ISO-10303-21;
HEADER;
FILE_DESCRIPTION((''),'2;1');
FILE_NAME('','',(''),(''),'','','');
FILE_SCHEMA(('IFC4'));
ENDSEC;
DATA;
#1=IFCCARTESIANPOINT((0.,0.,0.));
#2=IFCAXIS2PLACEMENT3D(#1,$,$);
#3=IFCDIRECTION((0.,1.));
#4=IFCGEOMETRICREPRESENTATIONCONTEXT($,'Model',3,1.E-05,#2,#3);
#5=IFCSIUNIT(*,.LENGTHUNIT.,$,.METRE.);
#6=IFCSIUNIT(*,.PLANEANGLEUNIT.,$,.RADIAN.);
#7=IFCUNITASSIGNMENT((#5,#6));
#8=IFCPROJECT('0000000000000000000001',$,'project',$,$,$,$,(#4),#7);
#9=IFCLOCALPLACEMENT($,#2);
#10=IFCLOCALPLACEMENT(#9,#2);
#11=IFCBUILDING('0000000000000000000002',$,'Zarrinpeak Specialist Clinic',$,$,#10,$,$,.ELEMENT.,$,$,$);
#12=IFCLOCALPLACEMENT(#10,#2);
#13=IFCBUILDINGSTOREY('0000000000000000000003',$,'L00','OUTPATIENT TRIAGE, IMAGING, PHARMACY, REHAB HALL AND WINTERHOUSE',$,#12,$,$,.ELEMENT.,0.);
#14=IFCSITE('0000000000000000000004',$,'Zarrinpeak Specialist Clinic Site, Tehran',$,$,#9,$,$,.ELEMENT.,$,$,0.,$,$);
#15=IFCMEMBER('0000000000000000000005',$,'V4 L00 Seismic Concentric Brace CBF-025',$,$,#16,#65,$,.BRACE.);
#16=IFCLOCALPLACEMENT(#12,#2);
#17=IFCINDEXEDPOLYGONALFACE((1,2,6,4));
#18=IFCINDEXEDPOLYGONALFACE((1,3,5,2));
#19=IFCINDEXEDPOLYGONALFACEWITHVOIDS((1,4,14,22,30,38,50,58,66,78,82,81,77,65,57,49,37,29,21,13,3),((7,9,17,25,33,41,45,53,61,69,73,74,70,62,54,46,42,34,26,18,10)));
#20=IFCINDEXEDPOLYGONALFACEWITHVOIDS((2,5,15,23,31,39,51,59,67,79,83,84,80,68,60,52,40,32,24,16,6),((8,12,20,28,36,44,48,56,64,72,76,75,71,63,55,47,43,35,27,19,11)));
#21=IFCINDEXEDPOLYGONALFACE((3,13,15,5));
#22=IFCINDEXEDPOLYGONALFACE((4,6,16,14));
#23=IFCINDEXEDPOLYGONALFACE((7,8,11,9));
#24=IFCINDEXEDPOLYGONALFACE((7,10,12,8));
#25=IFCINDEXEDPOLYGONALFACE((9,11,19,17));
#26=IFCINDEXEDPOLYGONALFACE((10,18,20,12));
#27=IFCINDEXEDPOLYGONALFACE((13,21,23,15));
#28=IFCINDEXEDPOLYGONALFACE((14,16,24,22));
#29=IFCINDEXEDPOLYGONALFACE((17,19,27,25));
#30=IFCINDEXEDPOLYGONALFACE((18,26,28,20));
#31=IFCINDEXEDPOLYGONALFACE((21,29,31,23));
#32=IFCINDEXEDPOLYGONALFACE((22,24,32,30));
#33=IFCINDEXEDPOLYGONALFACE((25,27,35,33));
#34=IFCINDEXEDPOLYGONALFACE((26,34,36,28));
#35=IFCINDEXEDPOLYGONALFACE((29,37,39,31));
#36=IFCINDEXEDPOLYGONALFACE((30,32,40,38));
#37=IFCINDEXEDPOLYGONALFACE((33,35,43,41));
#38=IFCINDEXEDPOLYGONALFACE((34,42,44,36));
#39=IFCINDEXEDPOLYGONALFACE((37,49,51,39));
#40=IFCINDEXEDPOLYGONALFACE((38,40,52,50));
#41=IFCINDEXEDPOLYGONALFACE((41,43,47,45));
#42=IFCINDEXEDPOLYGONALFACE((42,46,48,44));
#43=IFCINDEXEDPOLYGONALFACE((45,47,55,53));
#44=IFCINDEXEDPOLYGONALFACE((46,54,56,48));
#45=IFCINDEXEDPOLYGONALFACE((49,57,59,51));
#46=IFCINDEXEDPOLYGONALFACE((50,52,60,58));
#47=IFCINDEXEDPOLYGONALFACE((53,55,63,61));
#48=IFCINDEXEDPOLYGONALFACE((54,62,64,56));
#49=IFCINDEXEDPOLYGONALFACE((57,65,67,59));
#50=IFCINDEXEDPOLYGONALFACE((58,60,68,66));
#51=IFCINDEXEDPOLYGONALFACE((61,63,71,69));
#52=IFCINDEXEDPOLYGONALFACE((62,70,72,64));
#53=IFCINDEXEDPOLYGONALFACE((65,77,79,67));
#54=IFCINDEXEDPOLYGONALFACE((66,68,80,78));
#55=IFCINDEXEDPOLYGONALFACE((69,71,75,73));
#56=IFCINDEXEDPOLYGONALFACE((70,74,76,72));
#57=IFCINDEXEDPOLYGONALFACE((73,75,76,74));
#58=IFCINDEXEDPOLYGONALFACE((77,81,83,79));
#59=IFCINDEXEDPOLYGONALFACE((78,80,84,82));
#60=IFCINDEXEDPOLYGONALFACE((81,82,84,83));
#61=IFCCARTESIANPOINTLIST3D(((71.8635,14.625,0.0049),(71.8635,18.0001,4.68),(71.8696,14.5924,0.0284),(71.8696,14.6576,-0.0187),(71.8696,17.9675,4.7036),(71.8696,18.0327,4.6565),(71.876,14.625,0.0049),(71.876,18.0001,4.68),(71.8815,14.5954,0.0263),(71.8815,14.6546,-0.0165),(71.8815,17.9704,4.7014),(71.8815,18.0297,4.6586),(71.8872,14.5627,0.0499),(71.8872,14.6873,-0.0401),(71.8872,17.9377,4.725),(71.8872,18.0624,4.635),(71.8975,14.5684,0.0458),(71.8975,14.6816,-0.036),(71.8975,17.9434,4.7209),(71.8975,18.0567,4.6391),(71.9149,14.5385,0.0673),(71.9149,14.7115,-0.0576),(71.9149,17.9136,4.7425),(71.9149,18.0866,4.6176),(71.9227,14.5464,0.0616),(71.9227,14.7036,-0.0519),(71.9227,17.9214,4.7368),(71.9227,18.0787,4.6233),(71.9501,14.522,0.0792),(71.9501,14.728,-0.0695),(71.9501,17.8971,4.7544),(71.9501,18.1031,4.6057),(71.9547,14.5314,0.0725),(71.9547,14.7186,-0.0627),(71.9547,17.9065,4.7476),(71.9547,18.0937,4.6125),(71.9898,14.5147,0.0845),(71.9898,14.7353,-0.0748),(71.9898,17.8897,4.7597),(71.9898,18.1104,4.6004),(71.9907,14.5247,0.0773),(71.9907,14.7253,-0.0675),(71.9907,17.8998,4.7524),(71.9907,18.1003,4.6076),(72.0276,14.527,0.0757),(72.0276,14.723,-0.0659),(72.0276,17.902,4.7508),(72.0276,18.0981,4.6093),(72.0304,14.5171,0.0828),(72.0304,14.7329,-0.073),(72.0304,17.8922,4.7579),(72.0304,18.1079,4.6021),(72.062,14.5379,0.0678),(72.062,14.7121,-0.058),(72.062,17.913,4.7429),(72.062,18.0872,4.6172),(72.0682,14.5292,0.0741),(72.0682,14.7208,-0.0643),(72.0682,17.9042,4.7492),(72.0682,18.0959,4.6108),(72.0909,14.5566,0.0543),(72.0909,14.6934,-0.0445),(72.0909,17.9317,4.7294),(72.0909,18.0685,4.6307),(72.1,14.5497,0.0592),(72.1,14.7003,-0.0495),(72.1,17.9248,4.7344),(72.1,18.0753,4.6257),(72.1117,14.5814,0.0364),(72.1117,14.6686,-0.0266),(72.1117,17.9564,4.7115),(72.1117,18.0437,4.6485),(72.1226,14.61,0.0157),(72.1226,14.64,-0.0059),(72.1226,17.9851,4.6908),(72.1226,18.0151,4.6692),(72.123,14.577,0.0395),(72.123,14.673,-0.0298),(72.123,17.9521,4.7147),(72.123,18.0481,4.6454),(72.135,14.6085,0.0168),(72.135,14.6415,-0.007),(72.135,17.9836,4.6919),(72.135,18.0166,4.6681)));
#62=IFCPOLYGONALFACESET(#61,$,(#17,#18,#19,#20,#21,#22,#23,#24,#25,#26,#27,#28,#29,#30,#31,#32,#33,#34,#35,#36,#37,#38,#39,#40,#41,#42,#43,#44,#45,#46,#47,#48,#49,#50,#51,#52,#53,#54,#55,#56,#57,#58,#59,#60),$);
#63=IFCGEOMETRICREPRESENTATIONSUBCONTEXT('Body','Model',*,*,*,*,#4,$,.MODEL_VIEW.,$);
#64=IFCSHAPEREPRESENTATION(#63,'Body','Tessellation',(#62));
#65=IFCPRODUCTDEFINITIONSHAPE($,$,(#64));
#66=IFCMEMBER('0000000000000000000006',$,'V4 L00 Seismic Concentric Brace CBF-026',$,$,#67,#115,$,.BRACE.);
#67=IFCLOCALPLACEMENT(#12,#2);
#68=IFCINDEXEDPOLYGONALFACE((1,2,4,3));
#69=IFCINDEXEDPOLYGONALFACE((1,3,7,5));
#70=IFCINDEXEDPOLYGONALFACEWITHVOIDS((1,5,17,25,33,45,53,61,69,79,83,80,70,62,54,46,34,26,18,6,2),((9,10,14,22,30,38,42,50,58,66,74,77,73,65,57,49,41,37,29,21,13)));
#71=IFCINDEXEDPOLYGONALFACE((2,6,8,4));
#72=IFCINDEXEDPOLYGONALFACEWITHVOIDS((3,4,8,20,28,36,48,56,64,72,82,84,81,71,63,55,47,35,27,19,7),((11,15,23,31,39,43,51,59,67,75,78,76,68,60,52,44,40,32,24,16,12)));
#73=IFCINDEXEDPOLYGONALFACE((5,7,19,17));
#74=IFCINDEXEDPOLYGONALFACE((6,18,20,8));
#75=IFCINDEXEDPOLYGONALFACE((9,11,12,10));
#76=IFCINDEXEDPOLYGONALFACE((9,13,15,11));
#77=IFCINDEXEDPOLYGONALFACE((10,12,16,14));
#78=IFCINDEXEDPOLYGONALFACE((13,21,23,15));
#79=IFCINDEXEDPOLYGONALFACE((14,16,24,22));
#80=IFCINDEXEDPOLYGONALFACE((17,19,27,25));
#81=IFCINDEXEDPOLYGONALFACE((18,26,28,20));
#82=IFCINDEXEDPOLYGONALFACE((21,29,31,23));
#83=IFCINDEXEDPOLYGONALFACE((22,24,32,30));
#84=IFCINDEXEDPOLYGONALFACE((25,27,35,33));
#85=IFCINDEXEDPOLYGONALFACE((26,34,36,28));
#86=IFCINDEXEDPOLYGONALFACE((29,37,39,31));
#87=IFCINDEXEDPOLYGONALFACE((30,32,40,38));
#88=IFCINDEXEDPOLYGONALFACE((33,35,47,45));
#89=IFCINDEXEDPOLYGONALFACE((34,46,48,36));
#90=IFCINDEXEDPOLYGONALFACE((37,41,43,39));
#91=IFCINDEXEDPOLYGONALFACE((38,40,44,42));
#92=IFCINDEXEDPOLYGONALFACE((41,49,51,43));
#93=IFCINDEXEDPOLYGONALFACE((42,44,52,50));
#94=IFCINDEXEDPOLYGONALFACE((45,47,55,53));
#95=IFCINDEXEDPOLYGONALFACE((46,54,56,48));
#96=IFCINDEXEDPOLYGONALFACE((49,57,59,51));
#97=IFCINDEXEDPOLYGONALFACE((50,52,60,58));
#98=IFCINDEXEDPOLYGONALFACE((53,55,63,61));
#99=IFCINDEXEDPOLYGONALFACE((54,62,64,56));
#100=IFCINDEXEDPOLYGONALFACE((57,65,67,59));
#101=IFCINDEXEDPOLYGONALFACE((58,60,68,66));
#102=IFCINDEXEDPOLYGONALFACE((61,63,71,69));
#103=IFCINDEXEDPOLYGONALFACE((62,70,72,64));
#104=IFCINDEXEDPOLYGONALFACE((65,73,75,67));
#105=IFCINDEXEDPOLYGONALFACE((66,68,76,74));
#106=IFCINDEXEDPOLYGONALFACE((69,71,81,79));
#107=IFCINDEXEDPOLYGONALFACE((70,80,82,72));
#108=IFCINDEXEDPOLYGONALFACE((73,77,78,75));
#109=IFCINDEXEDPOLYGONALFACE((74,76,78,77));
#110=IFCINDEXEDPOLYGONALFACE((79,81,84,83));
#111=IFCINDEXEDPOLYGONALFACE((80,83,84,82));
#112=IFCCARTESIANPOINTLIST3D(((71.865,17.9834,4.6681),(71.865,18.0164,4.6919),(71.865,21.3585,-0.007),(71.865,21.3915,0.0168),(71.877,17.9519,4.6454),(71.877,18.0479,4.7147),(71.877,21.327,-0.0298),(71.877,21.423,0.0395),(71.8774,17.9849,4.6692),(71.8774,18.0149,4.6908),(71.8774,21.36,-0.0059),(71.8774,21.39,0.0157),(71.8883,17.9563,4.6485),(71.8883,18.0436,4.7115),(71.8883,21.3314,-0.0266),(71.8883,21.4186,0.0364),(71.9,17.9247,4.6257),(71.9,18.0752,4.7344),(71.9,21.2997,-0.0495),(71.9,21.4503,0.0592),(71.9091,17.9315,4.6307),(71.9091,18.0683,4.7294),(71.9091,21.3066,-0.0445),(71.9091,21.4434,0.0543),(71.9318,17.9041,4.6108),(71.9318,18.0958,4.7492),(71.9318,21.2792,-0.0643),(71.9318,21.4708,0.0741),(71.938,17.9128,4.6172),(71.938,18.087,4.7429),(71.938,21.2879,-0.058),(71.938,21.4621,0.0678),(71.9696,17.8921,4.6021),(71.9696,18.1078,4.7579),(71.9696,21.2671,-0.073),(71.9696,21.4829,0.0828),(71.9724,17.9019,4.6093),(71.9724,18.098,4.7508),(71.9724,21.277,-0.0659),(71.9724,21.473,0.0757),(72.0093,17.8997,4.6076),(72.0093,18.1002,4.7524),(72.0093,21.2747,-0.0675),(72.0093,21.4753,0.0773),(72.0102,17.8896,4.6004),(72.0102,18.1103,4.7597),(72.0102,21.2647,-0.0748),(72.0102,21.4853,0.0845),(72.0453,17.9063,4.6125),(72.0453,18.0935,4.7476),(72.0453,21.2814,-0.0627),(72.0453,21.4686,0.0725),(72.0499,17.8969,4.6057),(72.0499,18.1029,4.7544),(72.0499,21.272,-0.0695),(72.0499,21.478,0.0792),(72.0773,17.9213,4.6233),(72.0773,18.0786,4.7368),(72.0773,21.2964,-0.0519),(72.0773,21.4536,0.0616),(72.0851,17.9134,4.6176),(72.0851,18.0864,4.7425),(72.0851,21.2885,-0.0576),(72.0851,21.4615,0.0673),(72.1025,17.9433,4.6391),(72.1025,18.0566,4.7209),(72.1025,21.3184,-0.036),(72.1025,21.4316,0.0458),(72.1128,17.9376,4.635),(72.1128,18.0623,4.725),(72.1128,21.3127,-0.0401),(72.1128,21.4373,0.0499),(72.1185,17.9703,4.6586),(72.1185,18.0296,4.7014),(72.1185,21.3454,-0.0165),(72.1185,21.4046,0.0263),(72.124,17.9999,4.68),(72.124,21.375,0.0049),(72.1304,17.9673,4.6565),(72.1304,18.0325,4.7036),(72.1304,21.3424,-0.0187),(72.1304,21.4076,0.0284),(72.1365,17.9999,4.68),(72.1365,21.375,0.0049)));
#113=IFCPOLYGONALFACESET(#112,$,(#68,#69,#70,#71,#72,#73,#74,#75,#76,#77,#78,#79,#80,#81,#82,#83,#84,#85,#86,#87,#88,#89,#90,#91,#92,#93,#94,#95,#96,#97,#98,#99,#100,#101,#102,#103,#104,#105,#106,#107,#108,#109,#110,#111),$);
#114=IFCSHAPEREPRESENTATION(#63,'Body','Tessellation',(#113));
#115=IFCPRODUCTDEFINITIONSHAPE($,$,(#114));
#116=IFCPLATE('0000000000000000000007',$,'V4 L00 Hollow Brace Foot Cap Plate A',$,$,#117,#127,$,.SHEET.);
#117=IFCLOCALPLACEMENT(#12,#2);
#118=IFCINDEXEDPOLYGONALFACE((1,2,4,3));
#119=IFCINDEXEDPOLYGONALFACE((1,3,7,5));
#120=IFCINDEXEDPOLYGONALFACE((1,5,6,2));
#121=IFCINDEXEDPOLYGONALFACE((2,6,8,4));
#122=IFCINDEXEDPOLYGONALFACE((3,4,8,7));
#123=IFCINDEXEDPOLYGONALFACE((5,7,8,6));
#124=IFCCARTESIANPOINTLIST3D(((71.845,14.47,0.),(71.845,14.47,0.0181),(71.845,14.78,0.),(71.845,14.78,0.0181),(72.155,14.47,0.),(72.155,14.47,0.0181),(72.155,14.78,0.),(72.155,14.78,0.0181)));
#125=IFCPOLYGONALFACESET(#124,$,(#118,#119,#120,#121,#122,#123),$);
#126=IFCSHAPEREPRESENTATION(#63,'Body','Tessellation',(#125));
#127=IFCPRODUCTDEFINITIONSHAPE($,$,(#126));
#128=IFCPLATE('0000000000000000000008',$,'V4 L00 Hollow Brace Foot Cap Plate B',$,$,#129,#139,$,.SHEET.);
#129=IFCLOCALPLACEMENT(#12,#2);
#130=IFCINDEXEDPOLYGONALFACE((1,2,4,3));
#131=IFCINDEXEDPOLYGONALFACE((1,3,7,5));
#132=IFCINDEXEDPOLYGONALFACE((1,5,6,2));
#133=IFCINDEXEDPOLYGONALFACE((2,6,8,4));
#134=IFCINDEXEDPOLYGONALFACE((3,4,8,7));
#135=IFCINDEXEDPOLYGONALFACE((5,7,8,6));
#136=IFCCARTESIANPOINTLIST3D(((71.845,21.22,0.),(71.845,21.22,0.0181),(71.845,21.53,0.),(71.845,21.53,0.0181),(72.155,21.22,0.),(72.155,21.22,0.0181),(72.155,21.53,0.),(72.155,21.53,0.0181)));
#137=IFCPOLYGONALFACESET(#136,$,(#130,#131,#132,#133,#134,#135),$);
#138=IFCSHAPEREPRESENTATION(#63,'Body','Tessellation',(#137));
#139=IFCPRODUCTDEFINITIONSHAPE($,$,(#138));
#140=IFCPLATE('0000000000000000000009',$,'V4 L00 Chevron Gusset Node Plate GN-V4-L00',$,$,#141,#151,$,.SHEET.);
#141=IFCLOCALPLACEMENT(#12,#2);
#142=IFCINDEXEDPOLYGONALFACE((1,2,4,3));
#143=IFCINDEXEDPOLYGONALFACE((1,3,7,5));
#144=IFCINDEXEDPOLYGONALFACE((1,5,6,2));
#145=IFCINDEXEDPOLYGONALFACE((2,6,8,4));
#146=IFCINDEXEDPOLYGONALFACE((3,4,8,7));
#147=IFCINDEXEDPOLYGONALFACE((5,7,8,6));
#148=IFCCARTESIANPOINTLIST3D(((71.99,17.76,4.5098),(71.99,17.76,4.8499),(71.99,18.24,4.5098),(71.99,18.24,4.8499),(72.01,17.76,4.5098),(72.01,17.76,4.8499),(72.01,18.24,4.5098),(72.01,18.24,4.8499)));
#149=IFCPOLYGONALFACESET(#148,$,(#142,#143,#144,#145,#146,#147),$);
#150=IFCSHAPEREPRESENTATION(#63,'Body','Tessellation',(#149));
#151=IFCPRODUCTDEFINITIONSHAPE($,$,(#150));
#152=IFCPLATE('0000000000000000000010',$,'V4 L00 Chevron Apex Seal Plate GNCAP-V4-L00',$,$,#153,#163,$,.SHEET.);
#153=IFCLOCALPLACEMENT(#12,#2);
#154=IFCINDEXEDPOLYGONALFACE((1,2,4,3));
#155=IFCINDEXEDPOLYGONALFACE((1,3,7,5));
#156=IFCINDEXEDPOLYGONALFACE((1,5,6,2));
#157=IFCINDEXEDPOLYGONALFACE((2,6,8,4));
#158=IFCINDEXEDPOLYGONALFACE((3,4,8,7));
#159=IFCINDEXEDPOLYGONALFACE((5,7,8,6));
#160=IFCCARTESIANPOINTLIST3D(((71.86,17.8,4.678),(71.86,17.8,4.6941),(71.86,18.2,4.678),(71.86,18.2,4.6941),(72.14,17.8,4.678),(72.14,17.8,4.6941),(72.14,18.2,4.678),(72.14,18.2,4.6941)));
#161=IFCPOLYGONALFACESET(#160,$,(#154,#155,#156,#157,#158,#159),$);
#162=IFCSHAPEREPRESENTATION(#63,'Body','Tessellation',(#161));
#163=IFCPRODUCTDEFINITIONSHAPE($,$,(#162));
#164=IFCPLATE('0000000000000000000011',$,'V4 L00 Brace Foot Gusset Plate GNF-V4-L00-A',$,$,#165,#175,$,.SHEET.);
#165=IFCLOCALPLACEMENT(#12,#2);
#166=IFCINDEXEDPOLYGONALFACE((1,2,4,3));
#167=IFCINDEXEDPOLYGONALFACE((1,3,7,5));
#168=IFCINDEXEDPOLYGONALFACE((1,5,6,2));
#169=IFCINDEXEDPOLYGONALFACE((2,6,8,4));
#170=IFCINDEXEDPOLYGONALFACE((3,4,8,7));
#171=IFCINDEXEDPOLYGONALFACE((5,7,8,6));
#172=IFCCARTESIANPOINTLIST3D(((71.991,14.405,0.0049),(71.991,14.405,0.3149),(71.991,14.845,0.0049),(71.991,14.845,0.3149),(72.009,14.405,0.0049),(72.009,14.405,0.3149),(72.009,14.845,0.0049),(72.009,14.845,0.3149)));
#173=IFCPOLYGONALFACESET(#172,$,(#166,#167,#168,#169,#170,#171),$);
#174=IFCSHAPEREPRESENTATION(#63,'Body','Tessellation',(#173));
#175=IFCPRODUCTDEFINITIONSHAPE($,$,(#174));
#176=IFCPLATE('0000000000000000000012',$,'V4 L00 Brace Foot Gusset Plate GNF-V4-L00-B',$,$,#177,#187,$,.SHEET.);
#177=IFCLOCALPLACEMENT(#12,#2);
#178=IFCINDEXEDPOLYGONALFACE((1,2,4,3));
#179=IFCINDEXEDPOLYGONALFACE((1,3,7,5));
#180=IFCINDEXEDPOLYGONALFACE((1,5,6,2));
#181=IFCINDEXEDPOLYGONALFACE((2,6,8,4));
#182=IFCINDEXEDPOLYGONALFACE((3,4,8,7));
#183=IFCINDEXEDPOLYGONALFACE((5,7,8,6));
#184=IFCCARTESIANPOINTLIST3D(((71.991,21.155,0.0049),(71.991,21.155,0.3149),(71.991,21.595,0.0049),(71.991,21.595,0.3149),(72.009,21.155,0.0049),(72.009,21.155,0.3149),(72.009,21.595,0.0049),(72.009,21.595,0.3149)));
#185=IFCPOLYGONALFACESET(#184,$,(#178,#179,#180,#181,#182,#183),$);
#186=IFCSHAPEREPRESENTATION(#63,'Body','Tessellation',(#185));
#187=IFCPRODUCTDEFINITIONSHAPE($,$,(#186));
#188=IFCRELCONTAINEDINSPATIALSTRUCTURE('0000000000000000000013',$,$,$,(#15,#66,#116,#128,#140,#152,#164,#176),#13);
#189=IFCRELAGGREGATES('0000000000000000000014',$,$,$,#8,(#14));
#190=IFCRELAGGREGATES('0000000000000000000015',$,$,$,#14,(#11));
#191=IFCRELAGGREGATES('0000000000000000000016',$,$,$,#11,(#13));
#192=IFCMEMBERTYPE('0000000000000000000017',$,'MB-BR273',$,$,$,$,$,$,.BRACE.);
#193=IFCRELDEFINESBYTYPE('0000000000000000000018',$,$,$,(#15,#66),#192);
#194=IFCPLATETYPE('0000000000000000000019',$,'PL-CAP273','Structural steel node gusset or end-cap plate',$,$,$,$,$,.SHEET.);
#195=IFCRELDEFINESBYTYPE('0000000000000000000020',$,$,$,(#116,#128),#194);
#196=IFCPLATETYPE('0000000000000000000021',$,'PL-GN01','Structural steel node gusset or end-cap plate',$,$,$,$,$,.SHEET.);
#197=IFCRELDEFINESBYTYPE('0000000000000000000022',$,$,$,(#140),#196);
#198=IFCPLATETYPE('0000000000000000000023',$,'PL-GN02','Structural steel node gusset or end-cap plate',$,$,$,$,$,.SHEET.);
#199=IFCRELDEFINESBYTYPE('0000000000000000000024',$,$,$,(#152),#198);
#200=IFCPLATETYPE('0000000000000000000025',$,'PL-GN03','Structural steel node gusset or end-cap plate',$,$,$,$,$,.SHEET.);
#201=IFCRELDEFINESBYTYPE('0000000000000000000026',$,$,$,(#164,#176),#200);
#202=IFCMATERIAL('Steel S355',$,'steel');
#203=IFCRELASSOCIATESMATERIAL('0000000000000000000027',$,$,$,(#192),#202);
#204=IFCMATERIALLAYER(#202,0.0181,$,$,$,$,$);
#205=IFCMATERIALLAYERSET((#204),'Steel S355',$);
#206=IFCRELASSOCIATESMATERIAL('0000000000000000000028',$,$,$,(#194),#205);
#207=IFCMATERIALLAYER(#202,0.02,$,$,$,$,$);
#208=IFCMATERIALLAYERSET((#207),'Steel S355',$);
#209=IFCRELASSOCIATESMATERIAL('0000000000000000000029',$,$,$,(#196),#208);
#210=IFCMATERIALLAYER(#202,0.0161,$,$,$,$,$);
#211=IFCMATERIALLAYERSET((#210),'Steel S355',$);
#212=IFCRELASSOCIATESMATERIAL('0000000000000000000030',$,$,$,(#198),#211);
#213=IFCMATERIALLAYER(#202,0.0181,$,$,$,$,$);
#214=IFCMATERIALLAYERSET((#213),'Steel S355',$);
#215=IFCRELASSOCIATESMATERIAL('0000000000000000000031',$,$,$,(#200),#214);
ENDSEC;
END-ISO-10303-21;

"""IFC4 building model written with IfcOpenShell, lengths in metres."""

from ifc_helpers import new_model, si_unit, direction, frame, origin, origin_2d, place, context, subcontext, project, spatial, rectangle, hollow_circle, extrude, material, layer, layer_set, material_profile, profile_set, type_object, element, save


model = new_model("IFC4")

# Units and contexts
model_context = context("Model", 3, precision=1e-05, world=origin(), true_north=direction((0.0, 1.0)))
body_context = subcontext(model_context, "Body", "Model", "MODEL_VIEW")
ifc_project = project(units=[si_unit("LENGTHUNIT", "METRE"), si_unit("PLANEANGLEUNIT", "RADIAN")], contexts=[model_context])

# Site, building, storey
site_placement = place(None, origin())
site = spatial("IfcSite", under=ifc_project, at=site_placement, Name="Zarrinpeak Specialist Clinic Site, Tehran", CompositionType="ELEMENT", RefElevation=0.0)
building_placement = place(site_placement, origin())
building = spatial("IfcBuilding", under=site, at=building_placement, Name="Zarrinpeak Specialist Clinic", CompositionType="ELEMENT")
storey_placement = place(building_placement, origin())
storey = spatial("IfcBuildingStorey", under=building, at=storey_placement, Name="L00", Description="OUTPATIENT TRIAGE, IMAGING, PHARMACY, REHAB HALL AND WINTERHOUSE", CompositionType="ELEMENT", Elevation=0.0)

# Shared definitions
ifc_material_1 = material(Name="Steel S355", Category="steel")

# Members
ifc_material_profile_1 = material_profile(ifc_material_1, hollow_circle(Radius=0.1365, WallThickness=0.0125, at=origin_2d()), Name="CHS 273.0x12.5")
ifc_profile_set_1 = profile_set([ifc_material_profile_1], Name="Steel S355")
member_type = type_object("IfcMemberType", Name="MB-BR273", PredefinedType="BRACE", material=ifc_profile_set_1)
for number, where, z_axis, x_axis, name in (
    (1, (72.0, 14.625, 0.0049), (0.0, 0.585328, 0.810796), (-1.0, 0.0, 0.0), "V4 L00 Seismic Concentric Brace CBF-025"),
    (2, (72.0, 21.375, 0.0049), (0.0, -0.585328, 0.810796), (1.0, 0.0, 0.0), "V4 L00 Seismic Concentric Brace CBF-026"),
):
    element("IfcMember", number, at=place(storey_placement, frame(where, z_axis=z_axis, x_axis=x_axis)), inside=storey, type_object=member_type, Name=name, PredefinedType="BRACE", context=body_context, shape_type="SweptSolid", body=[
        extrude(hollow_circle(Radius=0.1365, WallThickness=0.0125, at=origin_2d()), origin(), (0.0, 0.0, 1.0), 5.7661),
    ])

# Plates
ifc_layer_1 = layer(ifc_material_1, 0.0181)
ifc_layer_set_1 = layer_set([ifc_layer_1], Name="Steel S355")
plate_type_1 = type_object("IfcPlateType", Name="PL-CAP273", Description="Structural steel node gusset or end-cap plate", PredefinedType="SHEET", material=ifc_layer_set_1)
for number, where, z_axis, x_axis, name in (
    (3, (72.0, 14.625, 0.0), (0.0, 0.0, 1.0), (1.0, 0.0, 0.0), "V4 L00 Hollow Brace Foot Cap Plate A"),
    (4, (72.0, 21.375, 0.0), (0.0, 0.0, 1.0), (1.0, 0.0, 0.0), "V4 L00 Hollow Brace Foot Cap Plate B"),
):
    element("IfcPlate", number, at=place(storey_placement, frame(where, z_axis=z_axis, x_axis=x_axis)), inside=storey, type_object=plate_type_1, Name=name, PredefinedType="SHEET", context=body_context, shape_type="SweptSolid", body=[
        extrude(rectangle(XDim=0.3101, YDim=0.3101, at=origin_2d()), origin(), (0.0, 0.0, 1.0), 0.0181),
    ])
ifc_layer_2 = layer(ifc_material_1, 0.02)
ifc_layer_set_2 = layer_set([ifc_layer_2], Name="Steel S355")
plate_type_2 = type_object("IfcPlateType", Name="PL-GN01", Description="Structural steel node gusset or end-cap plate", PredefinedType="SHEET", material=ifc_layer_set_2)
plate_1_placement = place(storey_placement, frame((72.0, 18.0, 4.5098), z_axis=(0.0, 0.0, 1.0), x_axis=(1.0, 0.0, 0.0)))
element("IfcPlate", 5, at=plate_1_placement, inside=storey, type_object=plate_type_2, Name="V4 L00 Chevron Gusset Node Plate GN-V4-L00", PredefinedType="SHEET", context=body_context, shape_type="SweptSolid", body=[
    extrude(rectangle(XDim=0.02, YDim=0.48, at=origin_2d()), origin(), (0.0, 0.0, 1.0), 0.3401),
])
ifc_layer_3 = layer(ifc_material_1, 0.0161)
ifc_layer_set_3 = layer_set([ifc_layer_3], Name="Steel S355")
plate_type_3 = type_object("IfcPlateType", Name="PL-GN02", Description="Structural steel node gusset or end-cap plate", PredefinedType="SHEET", material=ifc_layer_set_3)
plate_2_placement = place(storey_placement, frame((72.0, 18.0, 4.678), z_axis=(0.0, 0.0, 1.0), x_axis=(1.0, 0.0, 0.0)))
element("IfcPlate", 6, at=plate_2_placement, inside=storey, type_object=plate_type_3, Name="V4 L00 Chevron Apex Seal Plate GNCAP-V4-L00", PredefinedType="SHEET", context=body_context, shape_type="SweptSolid", body=[
    extrude(rectangle(XDim=0.28, YDim=0.3999, at=origin_2d()), origin(), (0.0, 0.0, 1.0), 0.0161),
])
ifc_layer_4 = layer(ifc_material_1, 0.0181)
ifc_layer_set_4 = layer_set([ifc_layer_4], Name="Steel S355")
plate_type_4 = type_object("IfcPlateType", Name="PL-GN03", Description="Structural steel node gusset or end-cap plate", PredefinedType="SHEET", material=ifc_layer_set_4)
for number, where, z_axis, x_axis, name in (
    (7, (72.0, 14.625, 0.0049), (0.0, 0.0, 1.0), (1.0, 0.0, 0.0), "V4 L00 Brace Foot Gusset Plate GNF-V4-L00-A"),
    (8, (72.0, 21.375, 0.0049), (0.0, 0.0, 1.0), (1.0, 0.0, 0.0), "V4 L00 Brace Foot Gusset Plate GNF-V4-L00-B"),
):
    element("IfcPlate", number, at=place(storey_placement, frame(where, z_axis=z_axis, x_axis=x_axis)), inside=storey, type_object=plate_type_4, Name=name, PredefinedType="SHEET", context=body_context, shape_type="SweptSolid", body=[
        extrude(rectangle(XDim=0.0181, YDim=0.4399, at=origin_2d()), origin(), (0.0, 0.0, 1.0), 0.3101),
    ])

save(model, "model.ifc")
